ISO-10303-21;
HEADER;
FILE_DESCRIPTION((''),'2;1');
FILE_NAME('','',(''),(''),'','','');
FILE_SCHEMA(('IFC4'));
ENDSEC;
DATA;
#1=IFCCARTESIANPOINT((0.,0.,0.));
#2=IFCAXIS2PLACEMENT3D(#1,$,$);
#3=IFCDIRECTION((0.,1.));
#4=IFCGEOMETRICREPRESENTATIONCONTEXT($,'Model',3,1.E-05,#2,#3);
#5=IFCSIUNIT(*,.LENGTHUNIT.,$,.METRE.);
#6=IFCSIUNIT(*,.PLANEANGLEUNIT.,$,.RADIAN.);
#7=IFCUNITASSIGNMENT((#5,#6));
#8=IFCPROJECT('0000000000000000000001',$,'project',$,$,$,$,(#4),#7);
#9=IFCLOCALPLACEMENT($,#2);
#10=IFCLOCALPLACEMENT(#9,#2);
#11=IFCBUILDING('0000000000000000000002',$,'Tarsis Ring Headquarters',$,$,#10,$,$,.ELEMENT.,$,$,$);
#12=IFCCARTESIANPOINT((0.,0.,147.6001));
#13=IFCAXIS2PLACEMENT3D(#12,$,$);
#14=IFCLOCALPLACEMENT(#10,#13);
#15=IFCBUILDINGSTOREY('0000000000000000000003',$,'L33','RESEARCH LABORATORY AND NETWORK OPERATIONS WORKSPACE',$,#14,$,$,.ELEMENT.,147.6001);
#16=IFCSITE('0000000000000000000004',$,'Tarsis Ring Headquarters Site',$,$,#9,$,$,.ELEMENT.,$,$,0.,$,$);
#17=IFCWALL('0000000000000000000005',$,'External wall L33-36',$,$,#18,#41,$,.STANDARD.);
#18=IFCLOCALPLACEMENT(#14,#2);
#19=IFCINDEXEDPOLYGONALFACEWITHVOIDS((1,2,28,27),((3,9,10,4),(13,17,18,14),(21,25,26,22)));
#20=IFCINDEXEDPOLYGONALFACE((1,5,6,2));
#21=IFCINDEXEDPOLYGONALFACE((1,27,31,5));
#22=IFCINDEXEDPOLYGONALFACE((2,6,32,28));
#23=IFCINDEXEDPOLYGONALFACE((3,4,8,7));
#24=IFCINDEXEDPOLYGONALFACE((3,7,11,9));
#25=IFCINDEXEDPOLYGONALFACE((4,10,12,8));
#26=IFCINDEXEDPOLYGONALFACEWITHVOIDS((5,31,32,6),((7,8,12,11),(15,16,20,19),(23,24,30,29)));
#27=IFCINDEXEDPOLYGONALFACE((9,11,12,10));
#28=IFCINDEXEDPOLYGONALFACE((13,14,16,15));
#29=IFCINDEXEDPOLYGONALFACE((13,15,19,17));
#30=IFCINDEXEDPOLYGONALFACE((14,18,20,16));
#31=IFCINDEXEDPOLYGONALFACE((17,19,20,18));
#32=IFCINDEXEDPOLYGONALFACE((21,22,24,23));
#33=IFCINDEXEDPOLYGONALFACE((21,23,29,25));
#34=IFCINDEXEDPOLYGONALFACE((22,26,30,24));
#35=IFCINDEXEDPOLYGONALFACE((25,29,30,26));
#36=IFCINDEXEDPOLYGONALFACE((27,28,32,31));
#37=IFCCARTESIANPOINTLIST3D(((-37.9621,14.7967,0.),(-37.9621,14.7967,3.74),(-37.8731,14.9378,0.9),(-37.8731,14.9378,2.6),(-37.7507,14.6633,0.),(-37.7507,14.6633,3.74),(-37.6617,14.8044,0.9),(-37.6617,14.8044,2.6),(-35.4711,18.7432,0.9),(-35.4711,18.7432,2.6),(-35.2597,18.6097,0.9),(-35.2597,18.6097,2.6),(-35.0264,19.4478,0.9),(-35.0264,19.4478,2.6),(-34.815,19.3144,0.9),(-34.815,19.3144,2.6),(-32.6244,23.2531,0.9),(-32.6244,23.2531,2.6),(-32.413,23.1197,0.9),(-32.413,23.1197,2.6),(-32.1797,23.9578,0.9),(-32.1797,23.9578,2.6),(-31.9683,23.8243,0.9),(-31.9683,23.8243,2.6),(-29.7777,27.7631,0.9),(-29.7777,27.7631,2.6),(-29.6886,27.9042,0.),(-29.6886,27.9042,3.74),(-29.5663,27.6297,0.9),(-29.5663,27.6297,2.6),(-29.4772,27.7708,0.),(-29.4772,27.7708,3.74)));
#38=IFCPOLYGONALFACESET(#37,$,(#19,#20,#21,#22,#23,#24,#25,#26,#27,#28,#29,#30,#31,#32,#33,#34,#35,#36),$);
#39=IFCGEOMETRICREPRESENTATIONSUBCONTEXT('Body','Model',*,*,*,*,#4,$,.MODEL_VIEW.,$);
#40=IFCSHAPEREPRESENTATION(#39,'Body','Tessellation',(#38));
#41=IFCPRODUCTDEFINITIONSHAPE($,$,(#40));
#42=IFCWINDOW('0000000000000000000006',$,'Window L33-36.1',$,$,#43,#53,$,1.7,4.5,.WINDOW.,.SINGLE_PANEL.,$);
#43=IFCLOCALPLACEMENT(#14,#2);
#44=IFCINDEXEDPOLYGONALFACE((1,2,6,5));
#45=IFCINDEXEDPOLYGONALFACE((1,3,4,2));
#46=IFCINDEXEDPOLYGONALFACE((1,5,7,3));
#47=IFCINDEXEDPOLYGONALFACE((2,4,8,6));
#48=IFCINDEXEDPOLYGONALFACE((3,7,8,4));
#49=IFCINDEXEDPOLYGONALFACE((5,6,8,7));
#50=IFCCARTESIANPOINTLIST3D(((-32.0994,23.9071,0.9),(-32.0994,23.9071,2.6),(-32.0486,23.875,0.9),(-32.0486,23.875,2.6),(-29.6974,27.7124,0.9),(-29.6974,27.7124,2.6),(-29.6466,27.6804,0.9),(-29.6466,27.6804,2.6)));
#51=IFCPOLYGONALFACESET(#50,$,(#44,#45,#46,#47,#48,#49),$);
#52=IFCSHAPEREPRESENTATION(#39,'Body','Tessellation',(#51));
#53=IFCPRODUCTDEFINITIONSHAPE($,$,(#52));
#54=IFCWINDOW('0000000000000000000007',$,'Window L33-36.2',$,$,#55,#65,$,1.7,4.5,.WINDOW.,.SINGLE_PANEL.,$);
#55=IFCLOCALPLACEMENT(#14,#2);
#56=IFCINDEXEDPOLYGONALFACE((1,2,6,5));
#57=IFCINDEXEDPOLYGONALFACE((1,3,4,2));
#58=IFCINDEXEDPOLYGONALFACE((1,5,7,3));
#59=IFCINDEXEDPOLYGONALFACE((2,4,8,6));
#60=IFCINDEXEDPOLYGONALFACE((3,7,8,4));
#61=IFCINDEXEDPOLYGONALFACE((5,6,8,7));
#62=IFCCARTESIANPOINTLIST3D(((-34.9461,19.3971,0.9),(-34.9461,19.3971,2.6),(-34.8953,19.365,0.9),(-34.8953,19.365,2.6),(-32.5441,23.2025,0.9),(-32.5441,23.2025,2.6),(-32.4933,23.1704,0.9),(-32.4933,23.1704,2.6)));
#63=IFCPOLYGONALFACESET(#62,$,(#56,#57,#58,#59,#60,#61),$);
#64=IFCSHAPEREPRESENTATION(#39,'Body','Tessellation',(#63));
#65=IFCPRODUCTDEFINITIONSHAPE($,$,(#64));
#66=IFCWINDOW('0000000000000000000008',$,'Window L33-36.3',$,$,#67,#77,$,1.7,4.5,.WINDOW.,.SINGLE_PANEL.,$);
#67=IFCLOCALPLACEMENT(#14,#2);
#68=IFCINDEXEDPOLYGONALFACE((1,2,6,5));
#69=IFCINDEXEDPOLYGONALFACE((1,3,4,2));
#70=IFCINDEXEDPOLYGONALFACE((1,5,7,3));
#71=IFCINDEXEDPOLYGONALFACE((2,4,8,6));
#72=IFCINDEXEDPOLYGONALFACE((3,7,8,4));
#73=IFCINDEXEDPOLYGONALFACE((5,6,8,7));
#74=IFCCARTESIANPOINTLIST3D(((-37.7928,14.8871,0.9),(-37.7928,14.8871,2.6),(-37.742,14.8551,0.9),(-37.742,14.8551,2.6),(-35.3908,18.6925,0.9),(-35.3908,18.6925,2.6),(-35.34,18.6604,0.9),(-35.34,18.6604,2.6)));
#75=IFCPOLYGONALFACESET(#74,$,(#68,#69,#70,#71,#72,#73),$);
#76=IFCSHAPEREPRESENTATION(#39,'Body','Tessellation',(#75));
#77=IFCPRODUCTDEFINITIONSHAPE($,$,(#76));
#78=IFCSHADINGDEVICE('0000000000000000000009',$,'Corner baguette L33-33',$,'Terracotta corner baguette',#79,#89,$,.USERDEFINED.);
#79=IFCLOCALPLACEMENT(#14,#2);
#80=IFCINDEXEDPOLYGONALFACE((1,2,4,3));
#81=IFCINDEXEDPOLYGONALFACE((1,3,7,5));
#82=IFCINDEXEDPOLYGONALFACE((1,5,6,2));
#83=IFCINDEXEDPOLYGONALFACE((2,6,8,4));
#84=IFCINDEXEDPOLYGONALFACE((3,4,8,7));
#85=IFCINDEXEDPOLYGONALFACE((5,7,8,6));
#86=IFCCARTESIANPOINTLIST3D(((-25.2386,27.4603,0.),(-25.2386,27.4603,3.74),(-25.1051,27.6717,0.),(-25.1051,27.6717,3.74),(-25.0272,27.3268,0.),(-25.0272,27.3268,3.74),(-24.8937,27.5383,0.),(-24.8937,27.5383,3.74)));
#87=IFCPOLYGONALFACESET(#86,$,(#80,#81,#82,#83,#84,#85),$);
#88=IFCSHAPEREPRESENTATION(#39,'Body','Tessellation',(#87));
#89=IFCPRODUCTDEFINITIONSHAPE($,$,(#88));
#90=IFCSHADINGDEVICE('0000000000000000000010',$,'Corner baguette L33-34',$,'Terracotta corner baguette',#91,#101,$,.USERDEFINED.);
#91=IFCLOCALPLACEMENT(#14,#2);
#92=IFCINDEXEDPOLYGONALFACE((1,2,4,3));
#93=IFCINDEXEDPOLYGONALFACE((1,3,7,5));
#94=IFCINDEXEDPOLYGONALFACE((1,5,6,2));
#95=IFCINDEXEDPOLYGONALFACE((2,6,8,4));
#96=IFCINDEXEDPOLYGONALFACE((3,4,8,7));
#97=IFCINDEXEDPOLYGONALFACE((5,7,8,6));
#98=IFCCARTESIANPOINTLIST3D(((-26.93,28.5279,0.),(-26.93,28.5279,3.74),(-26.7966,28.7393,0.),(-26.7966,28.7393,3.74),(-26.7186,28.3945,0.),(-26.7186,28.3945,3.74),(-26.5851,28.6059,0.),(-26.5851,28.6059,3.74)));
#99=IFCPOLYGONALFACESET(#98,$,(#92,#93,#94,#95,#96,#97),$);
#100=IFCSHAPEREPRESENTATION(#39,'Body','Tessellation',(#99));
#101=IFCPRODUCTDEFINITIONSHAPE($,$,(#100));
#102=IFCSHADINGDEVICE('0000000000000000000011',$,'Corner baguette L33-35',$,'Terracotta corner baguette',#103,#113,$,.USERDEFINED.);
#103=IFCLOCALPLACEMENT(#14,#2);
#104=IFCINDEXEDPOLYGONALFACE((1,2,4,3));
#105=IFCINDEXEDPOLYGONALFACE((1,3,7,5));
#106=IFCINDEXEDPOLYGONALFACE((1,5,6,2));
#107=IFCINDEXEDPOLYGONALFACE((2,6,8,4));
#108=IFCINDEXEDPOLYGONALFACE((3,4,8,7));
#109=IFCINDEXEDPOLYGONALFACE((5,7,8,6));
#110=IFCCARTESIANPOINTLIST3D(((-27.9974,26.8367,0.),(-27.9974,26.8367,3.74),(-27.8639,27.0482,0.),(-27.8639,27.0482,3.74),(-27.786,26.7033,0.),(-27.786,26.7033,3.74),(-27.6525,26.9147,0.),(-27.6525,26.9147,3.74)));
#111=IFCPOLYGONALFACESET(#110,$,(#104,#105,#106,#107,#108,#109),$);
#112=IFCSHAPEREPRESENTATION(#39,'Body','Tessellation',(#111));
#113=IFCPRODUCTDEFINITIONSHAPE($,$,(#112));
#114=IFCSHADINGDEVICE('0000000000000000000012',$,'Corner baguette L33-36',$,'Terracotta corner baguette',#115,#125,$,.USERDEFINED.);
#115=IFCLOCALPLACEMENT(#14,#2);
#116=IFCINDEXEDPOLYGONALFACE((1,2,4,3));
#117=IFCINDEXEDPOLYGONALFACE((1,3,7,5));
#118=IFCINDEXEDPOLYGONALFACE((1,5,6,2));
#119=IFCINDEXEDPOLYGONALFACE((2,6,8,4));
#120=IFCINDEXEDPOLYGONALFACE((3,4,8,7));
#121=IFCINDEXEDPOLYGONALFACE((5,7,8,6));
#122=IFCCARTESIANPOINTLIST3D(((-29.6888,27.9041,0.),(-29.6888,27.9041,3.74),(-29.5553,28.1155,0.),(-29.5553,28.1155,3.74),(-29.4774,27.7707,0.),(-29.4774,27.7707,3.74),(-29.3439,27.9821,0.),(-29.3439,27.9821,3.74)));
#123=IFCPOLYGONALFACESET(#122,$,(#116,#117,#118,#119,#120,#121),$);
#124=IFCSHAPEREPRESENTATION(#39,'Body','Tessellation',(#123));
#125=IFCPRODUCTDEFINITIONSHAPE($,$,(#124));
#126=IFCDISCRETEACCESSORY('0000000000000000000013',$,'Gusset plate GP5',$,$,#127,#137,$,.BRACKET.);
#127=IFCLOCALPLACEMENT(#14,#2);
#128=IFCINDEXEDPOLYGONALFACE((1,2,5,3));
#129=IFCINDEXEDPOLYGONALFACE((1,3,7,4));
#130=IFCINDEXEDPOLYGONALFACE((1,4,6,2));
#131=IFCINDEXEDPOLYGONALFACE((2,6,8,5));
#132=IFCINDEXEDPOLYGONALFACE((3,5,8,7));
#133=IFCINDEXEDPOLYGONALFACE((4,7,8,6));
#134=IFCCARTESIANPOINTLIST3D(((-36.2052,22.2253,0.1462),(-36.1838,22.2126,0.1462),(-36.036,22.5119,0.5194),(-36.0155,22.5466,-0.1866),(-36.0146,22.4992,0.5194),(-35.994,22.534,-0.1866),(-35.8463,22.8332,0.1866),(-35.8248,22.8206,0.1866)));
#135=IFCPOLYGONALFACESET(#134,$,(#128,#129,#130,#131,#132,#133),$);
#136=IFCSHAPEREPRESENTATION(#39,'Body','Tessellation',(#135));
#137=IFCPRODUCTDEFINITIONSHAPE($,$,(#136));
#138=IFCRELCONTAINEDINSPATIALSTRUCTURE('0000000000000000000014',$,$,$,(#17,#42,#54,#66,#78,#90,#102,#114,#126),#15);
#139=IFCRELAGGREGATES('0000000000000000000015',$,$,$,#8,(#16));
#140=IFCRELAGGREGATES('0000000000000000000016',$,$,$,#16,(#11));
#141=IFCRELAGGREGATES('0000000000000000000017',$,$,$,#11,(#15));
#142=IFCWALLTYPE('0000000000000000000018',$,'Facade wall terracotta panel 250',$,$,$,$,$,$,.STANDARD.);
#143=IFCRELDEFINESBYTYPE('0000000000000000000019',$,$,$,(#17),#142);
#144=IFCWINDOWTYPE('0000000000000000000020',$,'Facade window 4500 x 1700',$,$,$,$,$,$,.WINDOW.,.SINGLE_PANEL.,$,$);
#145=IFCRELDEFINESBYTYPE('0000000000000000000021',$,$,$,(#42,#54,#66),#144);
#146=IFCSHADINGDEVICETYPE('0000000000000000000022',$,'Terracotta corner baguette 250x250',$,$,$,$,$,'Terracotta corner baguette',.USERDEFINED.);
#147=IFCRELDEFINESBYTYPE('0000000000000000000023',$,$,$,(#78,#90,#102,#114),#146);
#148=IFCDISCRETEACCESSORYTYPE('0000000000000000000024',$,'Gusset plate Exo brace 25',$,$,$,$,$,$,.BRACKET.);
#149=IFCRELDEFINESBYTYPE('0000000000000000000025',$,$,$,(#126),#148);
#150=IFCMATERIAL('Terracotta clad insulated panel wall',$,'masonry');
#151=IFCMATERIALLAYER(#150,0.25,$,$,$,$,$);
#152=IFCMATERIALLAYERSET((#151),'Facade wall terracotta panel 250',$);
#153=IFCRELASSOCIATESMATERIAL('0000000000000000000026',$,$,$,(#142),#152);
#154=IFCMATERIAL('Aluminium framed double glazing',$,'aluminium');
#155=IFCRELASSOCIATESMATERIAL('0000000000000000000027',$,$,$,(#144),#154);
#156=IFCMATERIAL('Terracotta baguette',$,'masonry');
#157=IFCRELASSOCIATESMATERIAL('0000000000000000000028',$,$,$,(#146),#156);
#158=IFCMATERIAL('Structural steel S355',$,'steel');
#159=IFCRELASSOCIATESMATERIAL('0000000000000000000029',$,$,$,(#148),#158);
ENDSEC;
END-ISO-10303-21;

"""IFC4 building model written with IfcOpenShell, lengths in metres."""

from ifc_helpers import new_model, si_unit, direction, frame, frame_2d, origin, origin_2d, place, context, subcontext, project, spatial, rectangle, extrude, material, layer, layer_set, material_profile, profile_set, type_object, element, fill, save


model = new_model("IFC4")

# Units and contexts
model_context = context("Model", 3, precision=1e-05, world=origin(), true_north=direction((0.0, 1.0)))
body_context = subcontext(model_context, "Body", "Model", "MODEL_VIEW")
ifc_project = project(units=[si_unit("LENGTHUNIT", "METRE"), si_unit("PLANEANGLEUNIT", "RADIAN")], contexts=[model_context])

# Site, building, storey
site_placement = place(None, origin())
site = spatial("IfcSite", under=ifc_project, at=site_placement, Name="Tarsis Ring Headquarters Site", CompositionType="ELEMENT", RefElevation=0.0)
building_placement = place(site_placement, origin())
building = spatial("IfcBuilding", under=site, at=building_placement, Name="Tarsis Ring Headquarters", CompositionType="ELEMENT")
storey_placement = place(building_placement, frame((0.0, 0.0, 147.6001)))
storey = spatial("IfcBuildingStorey", under=building, at=storey_placement, Name="L33", Description="RESEARCH LABORATORY AND NETWORK OPERATIONS WORKSPACE", CompositionType="ELEMENT", Elevation=147.6001)

# Shared definitions
ifc_material_1 = material(Name="Structural steel S355", Category="steel")

# Shared definitions
ifc_material_2 = material(Name="Terracotta clad insulated panel wall", Category="masonry")
ifc_layer = layer(ifc_material_2, 0.25)
ifc_layer_set = layer_set([ifc_layer], Name="Facade wall terracotta panel 250")
wall_type = type_object("IfcWallType", Name="Facade wall terracotta panel 250", PredefinedType="STANDARD", material=ifc_layer_set)

# Wall, openings, windows
wall_placement = place(storey_placement, frame((-29.583, 27.8374, 0.0), z_axis=(0.0, 0.0, 1.0), x_axis=(-0.533765, -0.845633, 0.0)))
wall = element("IfcWall", 1, at=wall_placement, inside=storey, type_object=wall_type, Name="External wall L33-36", PredefinedType="STANDARD", context=body_context, shape_type="SweptSolid", body=[
    extrude(rectangle(XDim=15.5002, YDim=0.25, at=frame_2d((7.75, 0.0))), origin(), (0.0, 0.0, 1.0), 3.74),
])
opening_1_placement = place(wall_placement, frame((0.1667, 0.0, 0.8999)))
opening_1 = element("IfcOpeningElement", 2, at=opening_1_placement, cuts=wall, PredefinedType="OPENING", context=body_context, shape_type="SweptSolid", body=[
    extrude(rectangle(XDim=4.5, YDim=1.7, at=frame_2d((2.25, 0.8501))), frame((0.0, 0.135, 0.0), z_axis=(0.0, -1.0, 0.0), x_axis=(1.0, 0.0, 0.0)), (0.0, 0.0, 1.0), 0.27),
])
opening_2_placement = place(wall_placement, frame((5.5, 0.0, 0.8999)))
opening_2 = element("IfcOpeningElement", 3, at=opening_2_placement, cuts=wall, PredefinedType="OPENING", context=body_context, shape_type="SweptSolid", body=[
    extrude(rectangle(XDim=4.5, YDim=1.7, at=frame_2d((2.25, 0.8501))), frame((0.0, 0.135, 0.0), z_axis=(0.0, -1.0, 0.0), x_axis=(1.0, 0.0, 0.0)), (0.0, 0.0, 1.0), 0.27),
])
opening_3_placement = place(wall_placement, frame((10.8333, 0.0, 0.8999)))
opening_3 = element("IfcOpeningElement", 4, at=opening_3_placement, cuts=wall, PredefinedType="OPENING", context=body_context, shape_type="SweptSolid", body=[
    extrude(rectangle(XDim=4.5, YDim=1.7, at=frame_2d((2.25, 0.8501))), frame((0.0, 0.135, 0.0), z_axis=(0.0, -1.0, 0.0), x_axis=(1.0, 0.0, 0.0)), (0.0, 0.0, 1.0), 0.27),
])
ifc_material_3 = material(Name="Aluminium framed double glazing", Category="aluminium")
window_type = type_object("IfcWindowType", Name="Facade window 4500 x 1700", PartitioningType="SINGLE_PANEL", PredefinedType="WINDOW", material=ifc_material_3)
window_1_placement = place(opening_1_placement, origin())
window_1 = element("IfcWindow", 5, at=window_1_placement, inside=storey, type_object=window_type, Name="Window L33-36.1", OverallHeight=1.7, OverallWidth=4.5, PartitioningType="SINGLE_PANEL", PredefinedType="WINDOW", context=body_context, shape_type="SweptSolid", body=[
    extrude(rectangle(XDim=4.5, YDim=1.7, at=frame_2d((2.25, 0.8501))), frame((0.0, 0.03, 0.0), z_axis=(0.0, -1.0, 0.0), x_axis=(1.0, 0.0, 0.0)), (0.0, 0.0, 1.0), 0.0601),
])
fill(opening_1, window_1)
window_2_placement = place(opening_2_placement, origin())
window_2 = element("IfcWindow", 6, at=window_2_placement, inside=storey, type_object=window_type, Name="Window L33-36.2", OverallHeight=1.7, OverallWidth=4.5, PartitioningType="SINGLE_PANEL", PredefinedType="WINDOW", context=body_context, shape_type="SweptSolid", body=[
    extrude(rectangle(XDim=4.5, YDim=1.7, at=frame_2d((2.25, 0.8501))), frame((0.0, 0.03, 0.0), z_axis=(0.0, -1.0, 0.0), x_axis=(1.0, 0.0, 0.0)), (0.0, 0.0, 1.0), 0.0601),
])
fill(opening_2, window_2)
window_3_placement = place(opening_3_placement, origin())
window_3 = element("IfcWindow", 7, at=window_3_placement, inside=storey, type_object=window_type, Name="Window L33-36.3", OverallHeight=1.7, OverallWidth=4.5, PartitioningType="SINGLE_PANEL", PredefinedType="WINDOW", context=body_context, shape_type="SweptSolid", body=[
    extrude(rectangle(XDim=4.5, YDim=1.7, at=frame_2d((2.25, 0.8501))), frame((0.0, 0.03, 0.0), z_axis=(0.0, -1.0, 0.0), x_axis=(1.0, 0.0, 0.0)), (0.0, 0.0, 1.0), 0.0601),
])
fill(opening_3, window_3)

# Shading devices
ifc_material_4 = material(Name="Terracotta baguette", Category="masonry")
shading_device_type_1 = type_object("IfcShadingDeviceType", Name="Terracotta corner baguette 250x250", ElementType="Terracotta corner baguette", PredefinedType="USERDEFINED", material=ifc_material_4)
for number, where, z_axis, x_axis, name in (
    (8, (-25.0662, 27.4993, 0.0), (0.0, 0.0, 1.0), (-0.533762, -0.845634, 0.0), "Corner baguette L33-33"),
    (9, (-26.7576, 28.5669, 0.0), (0.0, 0.0, 1.0), (-0.845635, 0.533762, 0.0), "Corner baguette L33-34"),
    (10, (-27.825, 26.8757, 0.0), (0.0, 0.0, 1.0), (-0.533762, -0.845635, 0.0), "Corner baguette L33-35"),
    (11, (-29.5164, 27.9431, 0.0), (0.0, 0.0, 1.0), (-0.845634, 0.533762, 0.0), "Corner baguette L33-36"),
):
    element("IfcShadingDevice", number, at=place(storey_placement, frame(where, z_axis=z_axis, x_axis=x_axis)), inside=storey, type_object=shading_device_type_1, Name=name, ObjectType="Terracotta corner baguette", PredefinedType="USERDEFINED", context=body_context, shape_type="SweptSolid", body=[
        extrude(rectangle(XDim=0.25, YDim=0.25, at=origin_2d()), origin(), (0.0, 0.0, 1.0), 3.74),
    ])

# Discrete accessory
ifc_material_profile_1 = material_profile(ifc_material_1, rectangle(XDim=0.0249, YDim=0.5, at=origin_2d()), Name="PL 25x500")
ifc_profile_set_1 = profile_set([ifc_material_profile_1], Name="Structural steel S355")
discrete_accessory_type = type_object("IfcDiscreteAccessoryType", Name="Gusset plate Exo brace 25", PredefinedType="BRACKET", material=ifc_profile_set_1)
discrete_accessory_placement = place(storey_placement, frame((-35.9202, 22.6836, 0.0), z_axis=(-0.379438, -0.642651, 0.665603), x_axis=(0.861109, -0.508421, 0.0)))
element("IfcDiscreteAccessory", 12, at=discrete_accessory_placement, inside=storey, type_object=discrete_accessory_type, Name="Gusset plate GP5", PredefinedType="BRACKET", context=body_context, shape_type="SweptSolid", body=[
    extrude(rectangle(XDim=0.0249, YDim=0.5, at=origin_2d()), origin(), (0.0, 0.0, 1.0), 0.5),
])

save(model, "model.ifc")
